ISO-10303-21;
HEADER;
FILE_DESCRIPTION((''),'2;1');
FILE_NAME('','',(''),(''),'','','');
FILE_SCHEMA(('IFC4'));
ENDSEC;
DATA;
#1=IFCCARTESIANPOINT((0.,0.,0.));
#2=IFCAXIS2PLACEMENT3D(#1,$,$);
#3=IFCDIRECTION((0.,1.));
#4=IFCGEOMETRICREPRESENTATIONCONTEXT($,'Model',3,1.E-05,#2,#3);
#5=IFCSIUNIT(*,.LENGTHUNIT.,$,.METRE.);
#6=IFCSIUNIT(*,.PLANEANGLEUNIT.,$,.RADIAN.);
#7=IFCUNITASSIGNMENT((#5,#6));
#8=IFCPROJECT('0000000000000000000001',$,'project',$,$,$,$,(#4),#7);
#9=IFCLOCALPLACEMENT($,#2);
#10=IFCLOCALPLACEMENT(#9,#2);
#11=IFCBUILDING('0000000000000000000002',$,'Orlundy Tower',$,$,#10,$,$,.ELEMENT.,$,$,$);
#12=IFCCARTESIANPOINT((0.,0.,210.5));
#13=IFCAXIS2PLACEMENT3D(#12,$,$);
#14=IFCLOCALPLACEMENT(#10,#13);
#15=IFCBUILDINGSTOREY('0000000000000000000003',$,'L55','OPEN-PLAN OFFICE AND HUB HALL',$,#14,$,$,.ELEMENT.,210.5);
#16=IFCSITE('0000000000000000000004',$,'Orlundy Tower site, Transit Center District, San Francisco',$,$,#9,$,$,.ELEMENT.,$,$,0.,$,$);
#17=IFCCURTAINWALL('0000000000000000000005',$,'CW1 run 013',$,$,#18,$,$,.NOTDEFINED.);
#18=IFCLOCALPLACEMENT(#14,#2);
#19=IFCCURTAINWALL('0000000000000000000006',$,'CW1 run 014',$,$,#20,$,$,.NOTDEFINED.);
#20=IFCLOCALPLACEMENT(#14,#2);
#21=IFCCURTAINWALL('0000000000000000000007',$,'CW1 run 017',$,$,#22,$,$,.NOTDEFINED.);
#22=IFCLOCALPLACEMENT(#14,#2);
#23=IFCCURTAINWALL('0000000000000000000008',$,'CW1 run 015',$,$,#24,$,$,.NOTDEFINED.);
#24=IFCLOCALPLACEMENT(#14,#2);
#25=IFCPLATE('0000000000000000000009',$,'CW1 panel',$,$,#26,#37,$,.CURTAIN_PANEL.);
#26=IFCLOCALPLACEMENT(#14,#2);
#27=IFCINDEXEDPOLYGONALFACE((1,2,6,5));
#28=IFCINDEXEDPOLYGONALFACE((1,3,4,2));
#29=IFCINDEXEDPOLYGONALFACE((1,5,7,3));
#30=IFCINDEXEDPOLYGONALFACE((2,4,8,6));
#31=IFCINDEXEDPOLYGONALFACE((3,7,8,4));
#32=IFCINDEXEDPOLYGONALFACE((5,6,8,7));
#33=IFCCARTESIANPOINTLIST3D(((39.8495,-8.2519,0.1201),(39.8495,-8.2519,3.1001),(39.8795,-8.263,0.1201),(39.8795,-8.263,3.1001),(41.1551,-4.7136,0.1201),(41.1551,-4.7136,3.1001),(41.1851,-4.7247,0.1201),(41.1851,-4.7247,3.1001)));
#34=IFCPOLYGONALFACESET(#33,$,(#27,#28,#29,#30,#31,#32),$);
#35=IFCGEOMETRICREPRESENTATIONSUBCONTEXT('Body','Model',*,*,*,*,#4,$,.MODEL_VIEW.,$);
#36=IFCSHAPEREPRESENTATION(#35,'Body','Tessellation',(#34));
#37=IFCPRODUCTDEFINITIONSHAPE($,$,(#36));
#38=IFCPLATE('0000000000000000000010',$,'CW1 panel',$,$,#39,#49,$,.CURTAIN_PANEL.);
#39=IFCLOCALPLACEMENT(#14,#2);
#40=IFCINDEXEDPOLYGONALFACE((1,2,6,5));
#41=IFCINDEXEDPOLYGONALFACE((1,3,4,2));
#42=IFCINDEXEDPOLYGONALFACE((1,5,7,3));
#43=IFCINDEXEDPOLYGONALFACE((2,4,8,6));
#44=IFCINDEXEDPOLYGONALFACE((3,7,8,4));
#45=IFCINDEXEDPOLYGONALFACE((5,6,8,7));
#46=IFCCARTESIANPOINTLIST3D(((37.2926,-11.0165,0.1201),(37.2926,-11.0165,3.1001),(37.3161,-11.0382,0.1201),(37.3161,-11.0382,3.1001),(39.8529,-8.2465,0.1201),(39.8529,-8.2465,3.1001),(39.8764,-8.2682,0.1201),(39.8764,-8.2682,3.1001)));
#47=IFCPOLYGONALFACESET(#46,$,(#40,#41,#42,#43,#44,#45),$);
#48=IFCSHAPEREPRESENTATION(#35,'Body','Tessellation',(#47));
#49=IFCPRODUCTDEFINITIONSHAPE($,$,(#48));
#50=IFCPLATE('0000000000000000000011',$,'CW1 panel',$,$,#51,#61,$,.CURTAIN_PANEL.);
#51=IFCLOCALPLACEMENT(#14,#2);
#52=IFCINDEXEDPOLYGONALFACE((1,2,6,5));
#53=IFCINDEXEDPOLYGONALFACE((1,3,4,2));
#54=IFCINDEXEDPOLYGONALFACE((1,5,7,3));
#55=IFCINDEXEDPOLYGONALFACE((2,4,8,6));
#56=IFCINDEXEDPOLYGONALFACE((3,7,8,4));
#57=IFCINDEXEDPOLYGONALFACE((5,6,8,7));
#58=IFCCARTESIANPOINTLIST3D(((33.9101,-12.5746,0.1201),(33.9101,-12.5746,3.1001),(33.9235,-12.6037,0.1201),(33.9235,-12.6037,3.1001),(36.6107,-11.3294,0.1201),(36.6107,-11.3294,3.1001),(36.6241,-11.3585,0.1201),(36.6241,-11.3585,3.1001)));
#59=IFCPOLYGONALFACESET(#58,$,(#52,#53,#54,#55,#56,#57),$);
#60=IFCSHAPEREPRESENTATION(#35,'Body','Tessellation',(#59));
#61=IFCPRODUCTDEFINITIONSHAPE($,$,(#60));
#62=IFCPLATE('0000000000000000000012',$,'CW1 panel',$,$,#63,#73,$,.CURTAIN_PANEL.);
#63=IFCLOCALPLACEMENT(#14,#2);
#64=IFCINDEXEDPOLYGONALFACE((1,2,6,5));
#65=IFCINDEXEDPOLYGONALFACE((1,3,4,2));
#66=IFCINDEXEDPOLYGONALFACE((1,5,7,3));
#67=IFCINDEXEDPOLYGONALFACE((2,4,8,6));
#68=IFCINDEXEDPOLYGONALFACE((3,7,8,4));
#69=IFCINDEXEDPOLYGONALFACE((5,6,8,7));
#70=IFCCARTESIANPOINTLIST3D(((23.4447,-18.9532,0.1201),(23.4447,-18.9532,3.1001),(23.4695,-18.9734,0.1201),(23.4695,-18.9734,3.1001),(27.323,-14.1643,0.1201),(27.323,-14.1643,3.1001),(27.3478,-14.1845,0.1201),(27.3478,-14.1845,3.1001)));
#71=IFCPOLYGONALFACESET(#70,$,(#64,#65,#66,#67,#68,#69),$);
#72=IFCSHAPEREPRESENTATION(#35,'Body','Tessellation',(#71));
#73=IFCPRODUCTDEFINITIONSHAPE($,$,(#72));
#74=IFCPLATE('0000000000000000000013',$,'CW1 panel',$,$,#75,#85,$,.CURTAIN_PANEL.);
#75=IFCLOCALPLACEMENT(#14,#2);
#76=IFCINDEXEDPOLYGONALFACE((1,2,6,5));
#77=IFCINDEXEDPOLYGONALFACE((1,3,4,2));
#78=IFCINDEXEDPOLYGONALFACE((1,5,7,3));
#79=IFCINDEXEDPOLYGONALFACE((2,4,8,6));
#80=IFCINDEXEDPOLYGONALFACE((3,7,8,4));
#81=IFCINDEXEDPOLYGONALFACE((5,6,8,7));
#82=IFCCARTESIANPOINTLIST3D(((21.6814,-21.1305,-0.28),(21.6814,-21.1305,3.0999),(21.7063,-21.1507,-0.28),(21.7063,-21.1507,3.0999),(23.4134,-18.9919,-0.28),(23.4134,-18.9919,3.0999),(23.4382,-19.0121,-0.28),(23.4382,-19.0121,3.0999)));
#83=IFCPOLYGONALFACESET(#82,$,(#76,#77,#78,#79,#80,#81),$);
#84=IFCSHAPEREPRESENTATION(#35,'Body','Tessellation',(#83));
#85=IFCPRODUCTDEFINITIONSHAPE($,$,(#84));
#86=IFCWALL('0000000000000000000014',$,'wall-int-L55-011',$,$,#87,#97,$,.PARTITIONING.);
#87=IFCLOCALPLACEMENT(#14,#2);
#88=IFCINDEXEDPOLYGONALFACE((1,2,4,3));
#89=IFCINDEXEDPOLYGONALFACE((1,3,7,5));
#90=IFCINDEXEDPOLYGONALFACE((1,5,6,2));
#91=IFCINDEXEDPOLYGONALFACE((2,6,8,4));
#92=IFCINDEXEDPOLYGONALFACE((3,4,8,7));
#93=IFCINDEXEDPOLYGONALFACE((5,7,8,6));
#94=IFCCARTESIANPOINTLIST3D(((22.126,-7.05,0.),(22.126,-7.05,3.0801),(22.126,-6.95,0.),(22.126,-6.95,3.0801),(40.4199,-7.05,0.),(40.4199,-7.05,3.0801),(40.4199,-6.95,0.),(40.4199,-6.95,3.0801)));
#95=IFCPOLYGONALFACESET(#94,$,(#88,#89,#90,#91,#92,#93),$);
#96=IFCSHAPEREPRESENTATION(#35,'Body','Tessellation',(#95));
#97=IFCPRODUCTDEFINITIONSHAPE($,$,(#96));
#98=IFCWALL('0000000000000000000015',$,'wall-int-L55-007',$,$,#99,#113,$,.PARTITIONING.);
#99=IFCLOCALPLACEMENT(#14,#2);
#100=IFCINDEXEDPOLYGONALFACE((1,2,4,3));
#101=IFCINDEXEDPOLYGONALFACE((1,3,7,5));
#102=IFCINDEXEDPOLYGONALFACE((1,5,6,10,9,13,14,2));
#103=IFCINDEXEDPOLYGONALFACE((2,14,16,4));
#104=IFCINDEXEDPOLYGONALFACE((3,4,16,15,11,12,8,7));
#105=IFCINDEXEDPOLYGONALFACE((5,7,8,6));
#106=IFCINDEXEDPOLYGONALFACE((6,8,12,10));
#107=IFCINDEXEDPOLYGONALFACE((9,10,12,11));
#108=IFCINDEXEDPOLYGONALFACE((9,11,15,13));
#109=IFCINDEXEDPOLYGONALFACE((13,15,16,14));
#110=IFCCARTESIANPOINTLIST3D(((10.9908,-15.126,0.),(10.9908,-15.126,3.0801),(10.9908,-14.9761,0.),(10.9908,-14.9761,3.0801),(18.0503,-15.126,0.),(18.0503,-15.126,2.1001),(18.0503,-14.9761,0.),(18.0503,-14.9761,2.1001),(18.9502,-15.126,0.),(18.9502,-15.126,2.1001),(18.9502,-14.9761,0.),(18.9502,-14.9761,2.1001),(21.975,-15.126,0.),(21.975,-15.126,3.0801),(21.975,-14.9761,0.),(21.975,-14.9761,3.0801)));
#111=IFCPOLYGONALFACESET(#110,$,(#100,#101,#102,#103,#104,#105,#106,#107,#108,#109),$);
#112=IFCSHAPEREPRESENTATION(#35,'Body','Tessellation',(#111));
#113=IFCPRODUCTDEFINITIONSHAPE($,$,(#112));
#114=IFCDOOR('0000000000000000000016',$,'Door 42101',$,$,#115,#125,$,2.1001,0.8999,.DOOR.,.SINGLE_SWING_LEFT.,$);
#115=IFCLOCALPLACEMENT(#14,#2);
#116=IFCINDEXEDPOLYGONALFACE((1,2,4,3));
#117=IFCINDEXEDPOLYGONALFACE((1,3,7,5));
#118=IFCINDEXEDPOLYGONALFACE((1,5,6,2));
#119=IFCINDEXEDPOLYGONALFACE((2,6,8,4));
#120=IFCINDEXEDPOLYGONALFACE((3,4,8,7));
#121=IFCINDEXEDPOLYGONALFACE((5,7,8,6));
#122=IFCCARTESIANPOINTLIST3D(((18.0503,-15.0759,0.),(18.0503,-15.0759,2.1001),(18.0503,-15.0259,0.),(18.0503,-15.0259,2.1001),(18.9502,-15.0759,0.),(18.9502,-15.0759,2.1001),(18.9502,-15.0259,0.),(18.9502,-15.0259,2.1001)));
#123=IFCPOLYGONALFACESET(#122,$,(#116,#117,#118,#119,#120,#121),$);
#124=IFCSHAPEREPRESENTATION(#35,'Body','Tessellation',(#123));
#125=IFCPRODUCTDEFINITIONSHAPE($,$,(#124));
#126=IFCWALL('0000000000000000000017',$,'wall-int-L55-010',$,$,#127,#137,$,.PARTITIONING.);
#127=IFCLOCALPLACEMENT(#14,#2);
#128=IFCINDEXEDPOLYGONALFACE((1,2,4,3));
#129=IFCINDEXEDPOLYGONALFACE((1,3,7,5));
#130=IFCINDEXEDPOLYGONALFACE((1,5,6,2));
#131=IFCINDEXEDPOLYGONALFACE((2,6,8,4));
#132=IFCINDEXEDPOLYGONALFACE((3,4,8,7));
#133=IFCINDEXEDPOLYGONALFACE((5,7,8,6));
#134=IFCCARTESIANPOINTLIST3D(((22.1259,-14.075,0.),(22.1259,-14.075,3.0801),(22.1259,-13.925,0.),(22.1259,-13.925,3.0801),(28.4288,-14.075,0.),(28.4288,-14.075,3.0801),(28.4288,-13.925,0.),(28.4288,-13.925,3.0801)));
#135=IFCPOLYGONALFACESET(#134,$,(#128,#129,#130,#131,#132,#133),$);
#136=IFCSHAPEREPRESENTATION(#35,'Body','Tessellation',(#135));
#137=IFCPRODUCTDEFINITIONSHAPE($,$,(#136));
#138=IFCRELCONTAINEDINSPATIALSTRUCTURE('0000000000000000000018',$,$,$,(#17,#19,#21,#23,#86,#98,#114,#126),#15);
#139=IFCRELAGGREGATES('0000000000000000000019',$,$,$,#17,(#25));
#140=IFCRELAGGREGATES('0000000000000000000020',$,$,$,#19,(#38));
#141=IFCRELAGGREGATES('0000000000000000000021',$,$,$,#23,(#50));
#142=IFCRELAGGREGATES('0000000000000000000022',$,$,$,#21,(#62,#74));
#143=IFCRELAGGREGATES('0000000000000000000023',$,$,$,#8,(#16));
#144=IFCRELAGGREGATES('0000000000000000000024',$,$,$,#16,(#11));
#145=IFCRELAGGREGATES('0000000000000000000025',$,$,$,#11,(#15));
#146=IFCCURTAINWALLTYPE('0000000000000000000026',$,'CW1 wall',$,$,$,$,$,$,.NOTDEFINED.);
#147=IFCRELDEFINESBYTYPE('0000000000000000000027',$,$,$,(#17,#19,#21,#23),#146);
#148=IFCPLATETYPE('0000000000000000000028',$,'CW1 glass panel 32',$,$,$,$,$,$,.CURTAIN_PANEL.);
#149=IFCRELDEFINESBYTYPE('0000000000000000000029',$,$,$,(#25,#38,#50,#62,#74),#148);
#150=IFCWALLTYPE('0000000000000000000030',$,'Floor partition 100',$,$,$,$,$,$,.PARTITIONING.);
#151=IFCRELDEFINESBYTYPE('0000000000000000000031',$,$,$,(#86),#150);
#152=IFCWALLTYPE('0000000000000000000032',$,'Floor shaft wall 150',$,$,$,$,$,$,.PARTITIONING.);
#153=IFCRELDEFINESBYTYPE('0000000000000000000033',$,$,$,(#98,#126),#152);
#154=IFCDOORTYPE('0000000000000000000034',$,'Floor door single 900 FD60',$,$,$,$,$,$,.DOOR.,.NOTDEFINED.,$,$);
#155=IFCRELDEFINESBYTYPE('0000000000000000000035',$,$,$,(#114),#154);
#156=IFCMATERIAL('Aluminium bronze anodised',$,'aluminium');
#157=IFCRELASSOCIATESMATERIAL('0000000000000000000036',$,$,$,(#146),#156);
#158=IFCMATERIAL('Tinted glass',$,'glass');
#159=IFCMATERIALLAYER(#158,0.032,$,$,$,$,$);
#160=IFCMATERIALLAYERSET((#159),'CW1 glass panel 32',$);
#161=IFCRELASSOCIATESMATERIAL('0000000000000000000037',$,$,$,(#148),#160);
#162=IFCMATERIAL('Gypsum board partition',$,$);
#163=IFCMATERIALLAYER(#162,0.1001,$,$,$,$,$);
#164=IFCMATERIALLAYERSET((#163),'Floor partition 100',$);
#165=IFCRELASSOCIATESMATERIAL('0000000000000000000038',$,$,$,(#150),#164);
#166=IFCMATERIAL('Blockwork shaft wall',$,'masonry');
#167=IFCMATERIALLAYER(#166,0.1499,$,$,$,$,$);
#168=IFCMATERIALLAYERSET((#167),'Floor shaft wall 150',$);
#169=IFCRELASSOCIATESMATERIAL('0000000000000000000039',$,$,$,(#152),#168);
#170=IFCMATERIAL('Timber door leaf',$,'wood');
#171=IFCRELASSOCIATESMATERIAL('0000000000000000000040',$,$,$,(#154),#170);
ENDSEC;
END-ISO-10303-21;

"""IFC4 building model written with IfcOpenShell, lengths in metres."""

from ifc_helpers import new_model, si_unit, direction, frame, frame_2d, origin, origin_2d, place, context, subcontext, project, spatial, rectangle, extrude, material, layer, layer_set, type_object, element, fill, aggregate, save


model = new_model("IFC4")

# Units and contexts
model_context = context("Model", 3, precision=1e-05, world=origin(), true_north=direction((0.0, 1.0)))
body_context = subcontext(model_context, "Body", "Model", "MODEL_VIEW")
ifc_project = project(units=[si_unit("LENGTHUNIT", "METRE"), si_unit("PLANEANGLEUNIT", "RADIAN")], contexts=[model_context])

# Site, building, storey
site_placement = place(None, origin())
site = spatial("IfcSite", under=ifc_project, at=site_placement, Name="Orlundy Tower site, Transit Center District, San Francisco", CompositionType="ELEMENT", RefElevation=0.0)
building_placement = place(site_placement, origin())
building = spatial("IfcBuilding", under=site, at=building_placement, Name="Orlundy Tower", CompositionType="ELEMENT")
storey_placement = place(building_placement, frame((0.0, 0.0, 210.5)))
storey = spatial("IfcBuildingStorey", under=building, at=storey_placement, Name="L55", Description="OPEN-PLAN OFFICE AND HUB HALL", CompositionType="ELEMENT", Elevation=210.5)

# Curtain walls
ifc_material_1 = material(Name="Aluminium bronze anodised", Category="aluminium")
curtain_wall_type = type_object("IfcCurtainWallType", Name="CW1 wall", PredefinedType="NOTDEFINED", material=ifc_material_1)
curtain_wall_1_placement = place(storey_placement, origin())
curtain_wall_1 = element("IfcCurtainWall", 1, at=curtain_wall_1_placement, inside=storey, type_object=curtain_wall_type, Name="CW1 run 013", PredefinedType="NOTDEFINED")
curtain_wall_2_placement = place(storey_placement, origin())
curtain_wall_2 = element("IfcCurtainWall", 2, at=curtain_wall_2_placement, inside=storey, type_object=curtain_wall_type, Name="CW1 run 014", PredefinedType="NOTDEFINED")
curtain_wall_3_placement = place(storey_placement, origin())
curtain_wall_3 = element("IfcCurtainWall", 3, at=curtain_wall_3_placement, inside=storey, type_object=curtain_wall_type, Name="CW1 run 017", PredefinedType="NOTDEFINED")

# Curtain wall
curtain_wall_4_placement = place(storey_placement, origin())
curtain_wall_4 = element("IfcCurtainWall", 4, at=curtain_wall_4_placement, inside=storey, type_object=curtain_wall_type, Name="CW1 run 015", PredefinedType="NOTDEFINED")

# Plates
ifc_material_2 = material(Name="Tinted glass", Category="glass")
ifc_layer_1 = layer(ifc_material_2, 0.032)
ifc_layer_set_1 = layer_set([ifc_layer_1], Name="CW1 glass panel 32")
plate_type = type_object("IfcPlateType", Name="CW1 glass panel 32", PredefinedType="CURTAIN_PANEL", material=ifc_layer_set_1)
plate_1_placement = place(storey_placement, frame((40.5173, -6.4883, 0.1201), z_axis=(0.0, 0.0, 1.0), x_axis=(-0.34618, -0.938168, 0.0)))
plate_1 = element("IfcPlate", 5, at=plate_1_placement, type_object=plate_type, Name="CW1 panel", PredefinedType="CURTAIN_PANEL", context=body_context, shape_type="SweptSolid", body=[
    extrude(rectangle(XDim=3.7715, YDim=0.032, at=origin_2d()), origin(), (0.0, 0.0, 1.0), 2.98),
])
aggregate(curtain_wall_1, [plate_1])
plate_2_placement = place(storey_placement, frame((38.5845, -9.6423, 0.1201), z_axis=(0.0, 0.0, 1.0), x_axis=(-0.678773, -0.734348, 0.0)))
plate_2 = element("IfcPlate", 6, at=plate_2_placement, type_object=plate_type, Name="CW1 panel", PredefinedType="CURTAIN_PANEL", context=body_context, shape_type="SweptSolid", body=[
    extrude(rectangle(XDim=3.772, YDim=0.032, at=origin_2d()), origin(), (0.0, 0.0, 1.0), 2.98),
])
aggregate(curtain_wall_2, [plate_2])
plate_3_placement = place(storey_placement, frame((35.2671, -11.9666, 0.1201), z_axis=(0.0, 0.0, 1.0), x_axis=(-0.908117, -0.418716, 0.0)))
plate_3 = element("IfcPlate", 7, at=plate_3_placement, type_object=plate_type, Name="CW1 panel", PredefinedType="CURTAIN_PANEL", context=body_context, shape_type="SweptSolid", body=[
    extrude(rectangle(XDim=2.9739, YDim=0.032, at=origin_2d()), origin(), (0.0, 0.0, 1.0), 2.98),
])
aggregate(curtain_wall_4, [plate_3])
plate_4_placement = place(storey_placement, frame((25.3962, -16.5688, 0.1201), z_axis=(0.0, 0.0, 1.0), x_axis=(-0.629353, -0.77712, 0.0)))
plate_4 = element("IfcPlate", 8, at=plate_4_placement, type_object=plate_type, Name="CW1 panel", PredefinedType="CURTAIN_PANEL", context=body_context, shape_type="SweptSolid", body=[
    extrude(rectangle(XDim=6.1624, YDim=0.032, at=origin_2d()), origin(), (0.0, 0.0, 1.0), 2.98),
])
plate_5_placement = place(storey_placement, frame((22.5598, -20.0713, -0.28), z_axis=(0.0, 0.0, 1.0), x_axis=(-0.629353, -0.77712, 0.0)))
plate_5 = element("IfcPlate", 9, at=plate_5_placement, type_object=plate_type, Name="CW1 panel", PredefinedType="CURTAIN_PANEL", context=body_context, shape_type="SweptSolid", body=[
    extrude(rectangle(XDim=2.752, YDim=0.032, at=origin_2d()), origin(), (0.0, 0.0, 1.0), 3.3799),
])
aggregate(curtain_wall_3, [plate_4, plate_5])

# Wall
ifc_material_3 = material(Name="Gypsum board partition")
ifc_layer_2 = layer(ifc_material_3, 0.1001)
ifc_layer_set_2 = layer_set([ifc_layer_2], Name="Floor partition 100")
wall_type_1 = type_object("IfcWallType", Name="Floor partition 100", PredefinedType="PARTITIONING", material=ifc_layer_set_2)
wall_1_placement = place(storey_placement, frame((22.126, -7.0, 0.0), z_axis=(0.0, 0.0, 1.0), x_axis=(1.0, 0.0, 0.0)))
element("IfcWall", 10, at=wall_1_placement, inside=storey, type_object=wall_type_1, Name="wall-int-L55-011", PredefinedType="PARTITIONING", context=body_context, shape_type="SweptSolid", body=[
    extrude(rectangle(XDim=18.2939, YDim=0.1001, at=frame_2d((9.147, 0.0))), origin(), (0.0, 0.0, 1.0), 3.0801),
])

# Wall, opening, door
ifc_material_4 = material(Name="Blockwork shaft wall", Category="masonry")
ifc_layer_3 = layer(ifc_material_4, 0.1499)
ifc_layer_set_3 = layer_set([ifc_layer_3], Name="Floor shaft wall 150")
wall_type_2 = type_object("IfcWallType", Name="Floor shaft wall 150", PredefinedType="PARTITIONING", material=ifc_layer_set_3)
wall_2_placement = place(storey_placement, frame((21.9751, -15.051, 0.0), z_axis=(0.0, 0.0, 1.0), x_axis=(-1.0, 0.0, 0.0)))
wall_2 = element("IfcWall", 11, at=wall_2_placement, inside=storey, type_object=wall_type_2, Name="wall-int-L55-007", PredefinedType="PARTITIONING", context=body_context, shape_type="SweptSolid", body=[
    extrude(rectangle(XDim=10.9841, YDim=0.1499, at=frame_2d((5.4922, 0.0))), origin(), (0.0, 0.0, 1.0), 3.0801),
])
opening_1_placement = place(wall_2_placement, frame((3.0249, 0.0, 0.0)))
opening_1 = element("IfcOpeningElement", 12, at=opening_1_placement, cuts=wall_2, PredefinedType="OPENING", context=body_context, shape_type="SweptSolid", body=[
    extrude(rectangle(XDim=0.8999, YDim=2.1001, at=frame_2d((0.45, 1.05))), frame((0.0, 0.085, 0.0), z_axis=(0.0, -1.0, 0.0), x_axis=(1.0, 0.0, 0.0)), (0.0, 0.0, 1.0), 0.1699),
])
ifc_material_5 = material(Name="Timber door leaf", Category="wood")
door_type_1 = type_object("IfcDoorType", Name="Floor door single 900 FD60", OperationType="NOTDEFINED", PredefinedType="DOOR", material=ifc_material_5)
door_1_placement = place(opening_1_placement, origin())
door_1 = element("IfcDoor", 13, at=door_1_placement, inside=storey, type_object=door_type_1, Name="Door 42101", OperationType="SINGLE_SWING_LEFT", OverallHeight=2.1001, OverallWidth=0.8999, PredefinedType="DOOR", context=body_context, shape_type="SweptSolid", body=[
    extrude(rectangle(XDim=0.8999, YDim=2.1001, at=frame_2d((0.45, 1.05))), frame((0.0, 0.0249, 0.0), z_axis=(0.0, -1.0, 0.0), x_axis=(1.0, 0.0, 0.0)), (0.0, 0.0, 1.0), 0.05),
])
fill(opening_1, door_1)

# Wall
wall_3_placement = place(storey_placement, frame((22.126, -14.0, 0.0), z_axis=(0.0, 0.0, 1.0), x_axis=(1.0, 0.0, 0.0)))
element("IfcWall", 14, at=wall_3_placement, inside=storey, type_object=wall_type_2, Name="wall-int-L55-010", PredefinedType="PARTITIONING", context=body_context, shape_type="SweptSolid", body=[
    extrude(rectangle(XDim=6.303, YDim=0.1499, at=frame_2d((3.1514, 0.0))), origin(), (0.0, 0.0, 1.0), 3.0801),
])

save(model, "model.ifc")
